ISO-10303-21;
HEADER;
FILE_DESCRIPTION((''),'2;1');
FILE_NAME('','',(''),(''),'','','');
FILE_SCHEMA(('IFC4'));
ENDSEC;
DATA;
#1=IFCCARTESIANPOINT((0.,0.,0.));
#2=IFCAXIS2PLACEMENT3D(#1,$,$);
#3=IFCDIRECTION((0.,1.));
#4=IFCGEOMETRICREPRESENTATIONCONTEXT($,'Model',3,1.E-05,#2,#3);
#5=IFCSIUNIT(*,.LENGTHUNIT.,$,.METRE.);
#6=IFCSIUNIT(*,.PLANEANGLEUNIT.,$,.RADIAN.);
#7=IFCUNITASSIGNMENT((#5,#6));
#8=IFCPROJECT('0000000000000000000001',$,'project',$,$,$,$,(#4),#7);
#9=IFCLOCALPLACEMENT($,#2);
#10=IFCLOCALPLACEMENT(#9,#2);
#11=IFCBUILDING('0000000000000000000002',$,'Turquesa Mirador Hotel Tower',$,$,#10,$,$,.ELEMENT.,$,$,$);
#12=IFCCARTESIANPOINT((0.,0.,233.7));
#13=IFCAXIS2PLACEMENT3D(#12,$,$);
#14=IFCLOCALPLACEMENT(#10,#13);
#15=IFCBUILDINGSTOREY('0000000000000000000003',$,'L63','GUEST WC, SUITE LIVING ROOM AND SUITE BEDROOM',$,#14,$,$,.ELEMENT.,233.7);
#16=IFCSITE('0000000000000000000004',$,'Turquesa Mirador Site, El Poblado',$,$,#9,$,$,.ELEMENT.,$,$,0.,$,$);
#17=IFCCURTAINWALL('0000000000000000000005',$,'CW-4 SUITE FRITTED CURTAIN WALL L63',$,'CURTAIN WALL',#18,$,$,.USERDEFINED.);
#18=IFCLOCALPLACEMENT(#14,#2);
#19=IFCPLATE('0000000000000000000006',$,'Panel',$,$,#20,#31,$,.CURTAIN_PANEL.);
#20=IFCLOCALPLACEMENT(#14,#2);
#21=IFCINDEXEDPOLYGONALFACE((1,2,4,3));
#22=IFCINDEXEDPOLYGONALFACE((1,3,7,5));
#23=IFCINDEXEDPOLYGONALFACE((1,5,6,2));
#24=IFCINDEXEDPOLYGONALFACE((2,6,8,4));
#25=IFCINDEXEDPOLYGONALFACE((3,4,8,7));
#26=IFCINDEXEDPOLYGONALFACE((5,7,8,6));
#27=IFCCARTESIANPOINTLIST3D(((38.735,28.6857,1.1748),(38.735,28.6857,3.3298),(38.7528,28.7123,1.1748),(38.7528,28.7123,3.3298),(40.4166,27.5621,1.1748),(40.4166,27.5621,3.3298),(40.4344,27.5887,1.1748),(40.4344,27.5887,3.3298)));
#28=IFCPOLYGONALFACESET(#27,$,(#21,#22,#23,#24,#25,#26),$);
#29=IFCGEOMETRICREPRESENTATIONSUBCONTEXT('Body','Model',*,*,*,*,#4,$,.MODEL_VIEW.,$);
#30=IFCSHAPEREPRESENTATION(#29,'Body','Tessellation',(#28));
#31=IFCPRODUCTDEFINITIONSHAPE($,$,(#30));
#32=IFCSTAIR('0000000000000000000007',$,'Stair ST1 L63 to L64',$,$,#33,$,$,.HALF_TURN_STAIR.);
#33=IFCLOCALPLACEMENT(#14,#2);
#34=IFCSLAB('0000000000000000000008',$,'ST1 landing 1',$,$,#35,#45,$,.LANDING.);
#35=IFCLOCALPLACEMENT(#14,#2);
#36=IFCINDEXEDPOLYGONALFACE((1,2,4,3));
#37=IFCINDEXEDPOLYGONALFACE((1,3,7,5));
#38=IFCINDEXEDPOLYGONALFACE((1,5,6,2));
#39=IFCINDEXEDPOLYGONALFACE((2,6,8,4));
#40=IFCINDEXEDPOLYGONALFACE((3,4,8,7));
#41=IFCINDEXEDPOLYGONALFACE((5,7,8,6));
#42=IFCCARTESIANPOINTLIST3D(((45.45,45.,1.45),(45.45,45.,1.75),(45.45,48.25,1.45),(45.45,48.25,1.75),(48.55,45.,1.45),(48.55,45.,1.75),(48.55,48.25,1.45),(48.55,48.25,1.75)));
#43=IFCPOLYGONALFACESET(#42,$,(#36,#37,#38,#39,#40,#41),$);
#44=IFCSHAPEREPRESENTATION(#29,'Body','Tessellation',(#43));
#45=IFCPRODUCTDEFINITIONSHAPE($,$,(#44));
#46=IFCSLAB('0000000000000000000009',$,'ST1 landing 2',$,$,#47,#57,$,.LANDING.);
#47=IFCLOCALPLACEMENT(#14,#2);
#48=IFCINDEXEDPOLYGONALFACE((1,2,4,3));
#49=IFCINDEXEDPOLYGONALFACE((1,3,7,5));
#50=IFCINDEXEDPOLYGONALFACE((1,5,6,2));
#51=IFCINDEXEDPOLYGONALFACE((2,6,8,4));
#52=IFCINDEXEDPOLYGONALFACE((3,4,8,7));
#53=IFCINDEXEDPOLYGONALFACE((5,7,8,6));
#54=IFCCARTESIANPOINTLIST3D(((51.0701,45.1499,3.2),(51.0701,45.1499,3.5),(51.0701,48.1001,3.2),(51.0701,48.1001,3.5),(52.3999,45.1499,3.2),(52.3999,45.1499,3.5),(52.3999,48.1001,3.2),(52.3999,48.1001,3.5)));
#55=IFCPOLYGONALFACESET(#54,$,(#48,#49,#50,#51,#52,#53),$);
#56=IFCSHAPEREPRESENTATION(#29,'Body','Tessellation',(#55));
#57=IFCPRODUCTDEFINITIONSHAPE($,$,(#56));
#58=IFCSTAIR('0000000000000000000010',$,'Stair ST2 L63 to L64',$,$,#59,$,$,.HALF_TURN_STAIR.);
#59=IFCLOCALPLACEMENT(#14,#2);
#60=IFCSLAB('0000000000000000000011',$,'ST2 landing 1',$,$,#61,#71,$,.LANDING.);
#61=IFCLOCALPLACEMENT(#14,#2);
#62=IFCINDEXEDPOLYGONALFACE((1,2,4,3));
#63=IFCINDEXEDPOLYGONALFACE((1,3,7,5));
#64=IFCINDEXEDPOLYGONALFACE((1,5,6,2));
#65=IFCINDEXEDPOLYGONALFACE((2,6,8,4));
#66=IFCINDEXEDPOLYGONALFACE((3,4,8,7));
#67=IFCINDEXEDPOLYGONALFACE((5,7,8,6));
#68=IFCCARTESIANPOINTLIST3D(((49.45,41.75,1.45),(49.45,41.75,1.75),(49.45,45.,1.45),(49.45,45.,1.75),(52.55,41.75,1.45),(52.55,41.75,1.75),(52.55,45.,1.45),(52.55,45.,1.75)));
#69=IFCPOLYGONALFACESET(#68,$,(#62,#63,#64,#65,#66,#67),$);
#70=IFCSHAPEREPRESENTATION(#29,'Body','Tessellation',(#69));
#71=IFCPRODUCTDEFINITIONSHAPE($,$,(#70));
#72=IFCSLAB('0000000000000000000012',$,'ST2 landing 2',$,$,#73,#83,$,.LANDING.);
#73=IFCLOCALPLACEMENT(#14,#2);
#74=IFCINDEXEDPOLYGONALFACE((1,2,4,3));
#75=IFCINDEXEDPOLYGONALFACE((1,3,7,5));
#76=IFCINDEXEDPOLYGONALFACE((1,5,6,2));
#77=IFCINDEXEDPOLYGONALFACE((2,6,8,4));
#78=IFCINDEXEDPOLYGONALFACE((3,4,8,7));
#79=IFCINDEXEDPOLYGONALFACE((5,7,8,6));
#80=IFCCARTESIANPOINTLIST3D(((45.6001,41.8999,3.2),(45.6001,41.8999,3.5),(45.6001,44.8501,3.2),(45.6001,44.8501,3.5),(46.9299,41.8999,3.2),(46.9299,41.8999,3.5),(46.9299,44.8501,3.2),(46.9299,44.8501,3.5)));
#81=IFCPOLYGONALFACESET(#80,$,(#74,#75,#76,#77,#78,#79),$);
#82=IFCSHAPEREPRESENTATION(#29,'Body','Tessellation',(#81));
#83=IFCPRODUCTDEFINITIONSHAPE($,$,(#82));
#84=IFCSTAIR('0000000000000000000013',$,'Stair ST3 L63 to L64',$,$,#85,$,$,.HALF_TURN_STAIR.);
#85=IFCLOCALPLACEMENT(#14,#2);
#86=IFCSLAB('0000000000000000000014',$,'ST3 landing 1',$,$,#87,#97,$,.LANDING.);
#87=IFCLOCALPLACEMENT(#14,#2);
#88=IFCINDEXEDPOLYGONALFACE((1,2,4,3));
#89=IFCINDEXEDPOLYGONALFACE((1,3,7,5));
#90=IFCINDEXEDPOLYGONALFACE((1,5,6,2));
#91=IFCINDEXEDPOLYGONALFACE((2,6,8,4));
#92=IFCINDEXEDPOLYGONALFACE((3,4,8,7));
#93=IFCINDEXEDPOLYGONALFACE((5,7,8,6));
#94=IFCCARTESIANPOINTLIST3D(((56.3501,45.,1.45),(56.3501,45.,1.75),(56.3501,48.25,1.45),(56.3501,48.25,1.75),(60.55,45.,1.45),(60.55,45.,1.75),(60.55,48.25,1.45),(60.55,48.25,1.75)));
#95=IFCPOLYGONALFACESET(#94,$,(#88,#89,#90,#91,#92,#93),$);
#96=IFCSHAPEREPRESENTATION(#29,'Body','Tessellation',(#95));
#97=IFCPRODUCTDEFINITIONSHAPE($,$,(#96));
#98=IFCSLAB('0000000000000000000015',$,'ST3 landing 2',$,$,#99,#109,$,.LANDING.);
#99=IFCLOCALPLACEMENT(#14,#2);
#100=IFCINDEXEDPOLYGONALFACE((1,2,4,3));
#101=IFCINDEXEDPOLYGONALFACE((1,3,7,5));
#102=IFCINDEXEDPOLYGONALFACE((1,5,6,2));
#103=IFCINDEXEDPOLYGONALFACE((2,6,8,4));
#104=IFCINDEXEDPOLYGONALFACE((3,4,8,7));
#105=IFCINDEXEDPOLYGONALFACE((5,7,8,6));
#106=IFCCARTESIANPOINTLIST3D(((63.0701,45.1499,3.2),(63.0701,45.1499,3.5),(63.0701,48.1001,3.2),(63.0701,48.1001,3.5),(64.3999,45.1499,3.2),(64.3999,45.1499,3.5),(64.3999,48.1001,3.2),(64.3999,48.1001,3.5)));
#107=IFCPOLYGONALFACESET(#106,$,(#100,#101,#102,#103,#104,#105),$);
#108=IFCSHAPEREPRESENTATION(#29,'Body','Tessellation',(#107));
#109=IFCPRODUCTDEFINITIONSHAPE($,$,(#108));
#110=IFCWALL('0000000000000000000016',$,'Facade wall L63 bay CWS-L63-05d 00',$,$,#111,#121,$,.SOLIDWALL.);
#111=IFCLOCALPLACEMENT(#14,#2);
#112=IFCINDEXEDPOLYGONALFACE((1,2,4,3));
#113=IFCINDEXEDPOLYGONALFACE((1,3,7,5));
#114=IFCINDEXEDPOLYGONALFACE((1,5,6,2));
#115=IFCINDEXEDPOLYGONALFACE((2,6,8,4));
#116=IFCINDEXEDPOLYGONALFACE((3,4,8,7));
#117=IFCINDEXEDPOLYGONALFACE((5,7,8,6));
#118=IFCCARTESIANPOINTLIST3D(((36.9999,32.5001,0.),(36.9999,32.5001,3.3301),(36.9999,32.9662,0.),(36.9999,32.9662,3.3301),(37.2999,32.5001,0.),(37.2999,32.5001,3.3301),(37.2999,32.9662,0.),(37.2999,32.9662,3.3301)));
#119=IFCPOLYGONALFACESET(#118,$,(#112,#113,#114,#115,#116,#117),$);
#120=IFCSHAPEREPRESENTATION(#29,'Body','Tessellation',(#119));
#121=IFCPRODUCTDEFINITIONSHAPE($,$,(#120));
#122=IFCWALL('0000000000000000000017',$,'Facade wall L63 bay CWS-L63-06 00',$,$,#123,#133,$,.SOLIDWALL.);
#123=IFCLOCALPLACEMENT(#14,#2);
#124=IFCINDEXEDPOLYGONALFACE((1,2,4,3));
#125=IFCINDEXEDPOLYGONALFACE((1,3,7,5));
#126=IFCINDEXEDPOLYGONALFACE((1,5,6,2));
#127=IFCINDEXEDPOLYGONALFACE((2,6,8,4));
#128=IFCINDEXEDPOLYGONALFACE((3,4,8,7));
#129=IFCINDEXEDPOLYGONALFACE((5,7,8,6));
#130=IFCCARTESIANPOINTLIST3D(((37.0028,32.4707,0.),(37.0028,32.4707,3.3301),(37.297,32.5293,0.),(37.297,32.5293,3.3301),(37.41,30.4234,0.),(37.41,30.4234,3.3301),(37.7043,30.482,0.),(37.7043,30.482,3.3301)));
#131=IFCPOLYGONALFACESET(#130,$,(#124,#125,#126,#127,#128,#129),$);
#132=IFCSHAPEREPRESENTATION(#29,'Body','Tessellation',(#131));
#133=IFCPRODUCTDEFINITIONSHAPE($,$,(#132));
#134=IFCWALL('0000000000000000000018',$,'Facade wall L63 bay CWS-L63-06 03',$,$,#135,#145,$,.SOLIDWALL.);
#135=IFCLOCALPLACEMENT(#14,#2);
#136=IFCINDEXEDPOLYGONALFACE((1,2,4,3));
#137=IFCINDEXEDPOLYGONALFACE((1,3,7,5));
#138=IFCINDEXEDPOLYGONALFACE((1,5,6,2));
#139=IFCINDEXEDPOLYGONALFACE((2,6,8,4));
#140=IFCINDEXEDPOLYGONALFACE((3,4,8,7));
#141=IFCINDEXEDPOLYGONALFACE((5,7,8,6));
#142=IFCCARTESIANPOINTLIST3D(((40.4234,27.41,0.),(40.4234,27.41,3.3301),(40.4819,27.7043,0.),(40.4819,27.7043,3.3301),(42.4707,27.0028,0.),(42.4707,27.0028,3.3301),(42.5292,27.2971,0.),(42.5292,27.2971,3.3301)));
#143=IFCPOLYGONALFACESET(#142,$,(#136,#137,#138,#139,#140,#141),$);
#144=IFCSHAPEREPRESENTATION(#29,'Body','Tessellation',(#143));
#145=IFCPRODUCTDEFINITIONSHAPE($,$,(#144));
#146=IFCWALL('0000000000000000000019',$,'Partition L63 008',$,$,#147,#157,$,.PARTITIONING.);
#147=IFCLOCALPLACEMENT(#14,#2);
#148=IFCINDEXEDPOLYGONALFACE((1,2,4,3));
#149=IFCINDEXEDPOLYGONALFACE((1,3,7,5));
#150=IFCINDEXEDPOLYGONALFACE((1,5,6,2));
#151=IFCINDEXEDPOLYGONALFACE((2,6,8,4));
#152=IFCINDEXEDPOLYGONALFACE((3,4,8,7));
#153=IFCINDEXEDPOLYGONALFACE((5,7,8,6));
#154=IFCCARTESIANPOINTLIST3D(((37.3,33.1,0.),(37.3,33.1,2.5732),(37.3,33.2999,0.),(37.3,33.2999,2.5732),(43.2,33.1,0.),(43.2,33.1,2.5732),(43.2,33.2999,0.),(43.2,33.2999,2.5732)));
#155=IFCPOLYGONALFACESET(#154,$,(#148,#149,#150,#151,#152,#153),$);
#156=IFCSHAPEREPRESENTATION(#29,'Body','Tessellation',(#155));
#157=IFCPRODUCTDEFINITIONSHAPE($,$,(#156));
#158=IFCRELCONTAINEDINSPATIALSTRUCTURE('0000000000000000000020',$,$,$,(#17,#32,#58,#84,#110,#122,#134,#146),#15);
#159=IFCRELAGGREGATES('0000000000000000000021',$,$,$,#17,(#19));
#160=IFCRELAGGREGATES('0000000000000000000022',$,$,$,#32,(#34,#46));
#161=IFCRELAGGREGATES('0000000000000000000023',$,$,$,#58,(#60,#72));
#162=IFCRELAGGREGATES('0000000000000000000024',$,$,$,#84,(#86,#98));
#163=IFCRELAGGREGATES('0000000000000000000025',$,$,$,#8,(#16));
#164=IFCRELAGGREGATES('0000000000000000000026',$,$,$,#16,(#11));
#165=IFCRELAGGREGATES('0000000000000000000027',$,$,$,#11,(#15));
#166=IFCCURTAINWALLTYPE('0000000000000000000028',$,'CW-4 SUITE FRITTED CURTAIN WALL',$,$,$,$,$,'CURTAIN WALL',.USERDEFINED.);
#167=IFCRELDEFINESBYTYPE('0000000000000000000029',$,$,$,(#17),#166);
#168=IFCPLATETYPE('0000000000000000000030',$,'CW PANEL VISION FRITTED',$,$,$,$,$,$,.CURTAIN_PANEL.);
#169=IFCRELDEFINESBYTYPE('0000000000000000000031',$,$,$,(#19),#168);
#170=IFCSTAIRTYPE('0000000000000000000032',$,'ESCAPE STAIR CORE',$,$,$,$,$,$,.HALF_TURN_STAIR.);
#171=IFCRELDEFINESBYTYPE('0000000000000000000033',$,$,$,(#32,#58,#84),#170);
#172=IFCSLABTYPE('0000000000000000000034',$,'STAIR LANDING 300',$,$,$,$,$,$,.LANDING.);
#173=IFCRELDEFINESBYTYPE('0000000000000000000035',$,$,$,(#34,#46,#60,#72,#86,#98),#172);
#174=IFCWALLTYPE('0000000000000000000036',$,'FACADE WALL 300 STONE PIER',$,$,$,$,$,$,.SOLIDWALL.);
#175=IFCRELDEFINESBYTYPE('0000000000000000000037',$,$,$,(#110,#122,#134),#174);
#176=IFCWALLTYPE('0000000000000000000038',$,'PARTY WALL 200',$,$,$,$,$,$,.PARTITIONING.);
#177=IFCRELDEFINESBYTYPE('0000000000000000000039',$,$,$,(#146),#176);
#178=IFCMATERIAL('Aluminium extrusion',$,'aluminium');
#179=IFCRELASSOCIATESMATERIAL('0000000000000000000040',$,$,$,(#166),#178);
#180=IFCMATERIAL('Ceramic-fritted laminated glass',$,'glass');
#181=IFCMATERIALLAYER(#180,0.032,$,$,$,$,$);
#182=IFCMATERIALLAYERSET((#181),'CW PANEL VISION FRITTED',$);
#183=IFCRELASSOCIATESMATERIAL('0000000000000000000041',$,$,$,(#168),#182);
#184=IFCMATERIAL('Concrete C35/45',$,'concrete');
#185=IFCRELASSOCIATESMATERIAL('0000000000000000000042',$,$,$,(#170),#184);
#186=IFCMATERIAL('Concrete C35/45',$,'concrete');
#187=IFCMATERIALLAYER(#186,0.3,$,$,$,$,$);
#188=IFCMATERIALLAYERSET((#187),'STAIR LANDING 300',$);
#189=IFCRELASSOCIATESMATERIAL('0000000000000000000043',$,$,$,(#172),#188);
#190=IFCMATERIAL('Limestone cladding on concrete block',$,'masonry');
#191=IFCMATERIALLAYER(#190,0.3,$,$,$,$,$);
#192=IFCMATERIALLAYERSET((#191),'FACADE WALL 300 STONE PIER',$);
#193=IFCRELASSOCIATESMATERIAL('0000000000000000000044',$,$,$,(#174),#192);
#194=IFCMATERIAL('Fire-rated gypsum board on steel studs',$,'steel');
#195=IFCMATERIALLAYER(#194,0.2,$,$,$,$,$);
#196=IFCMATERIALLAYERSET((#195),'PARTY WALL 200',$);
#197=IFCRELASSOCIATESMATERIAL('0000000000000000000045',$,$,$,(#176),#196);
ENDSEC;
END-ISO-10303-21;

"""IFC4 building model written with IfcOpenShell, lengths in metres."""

from ifc_helpers import new_model, si_unit, direction, frame, frame_2d, origin, origin_2d, place, context, subcontext, project, spatial, polyline, rectangle, outline, extrude, material, layer, layer_set, type_object, element, aggregate, save


model = new_model("IFC4")

# Units and contexts
model_context = context("Model", 3, precision=1e-05, world=origin(), true_north=direction((0.0, 1.0)))
body_context = subcontext(model_context, "Body", "Model", "MODEL_VIEW")
ifc_project = project(units=[si_unit("LENGTHUNIT", "METRE"), si_unit("PLANEANGLEUNIT", "RADIAN")], contexts=[model_context])

# Site, building, storey
site_placement = place(None, origin())
site = spatial("IfcSite", under=ifc_project, at=site_placement, Name="Turquesa Mirador Site, El Poblado", CompositionType="ELEMENT", RefElevation=0.0)
building_placement = place(site_placement, origin())
building = spatial("IfcBuilding", under=site, at=building_placement, Name="Turquesa Mirador Hotel Tower", CompositionType="ELEMENT")
storey_placement = place(building_placement, frame((0.0, 0.0, 233.7)))
storey = spatial("IfcBuildingStorey", under=building, at=storey_placement, Name="L63", Description="GUEST WC, SUITE LIVING ROOM AND SUITE BEDROOM", CompositionType="ELEMENT", Elevation=233.7)

# Shared definitions
ifc_material_1 = material(Name="Aluminium extrusion", Category="aluminium")
curtain_wall_type = type_object("IfcCurtainWallType", Name="CW-4 SUITE FRITTED CURTAIN WALL", ElementType="CURTAIN WALL", PredefinedType="USERDEFINED", material=ifc_material_1)

# Curtain wall
curtain_wall_1_placement = place(storey_placement, origin())
curtain_wall_1 = element("IfcCurtainWall", 1, at=curtain_wall_1_placement, inside=storey, type_object=curtain_wall_type, Name="CW-4 SUITE FRITTED CURTAIN WALL L63", ObjectType="CURTAIN WALL", PredefinedType="USERDEFINED")

# Plate
ifc_material_2 = material(Name="Ceramic-fritted laminated glass", Category="glass")
ifc_layer_1 = layer(ifc_material_2, 0.032)
ifc_layer_set_1 = layer_set([ifc_layer_1], Name="CW PANEL VISION FRITTED")
plate_type_1 = type_object("IfcPlateType", Name="CW PANEL VISION FRITTED", PredefinedType="CURTAIN_PANEL", material=ifc_layer_set_1)
plate_1_placement = place(storey_placement, frame((39.5847, 28.1372, 1.1748), z_axis=(0.0, 0.0, 1.0), x_axis=(0.83147, -0.55557, 0.0)))
plate_1 = element("IfcPlate", 2, at=plate_1_placement, type_object=plate_type_1, Name="Panel", PredefinedType="CURTAIN_PANEL", context=body_context, shape_type="SweptSolid", body=[
    extrude(rectangle(XDim=2.0225, YDim=0.032, at=origin_2d()), origin(), (0.0, 0.0, 1.0), 2.155),
])
aggregate(curtain_wall_1, [plate_1])

# Stairs, slabs
ifc_material_3 = material(Name="Concrete C35/45", Category="concrete")
stair_type = type_object("IfcStairType", Name="ESCAPE STAIR CORE", PredefinedType="HALF_TURN_STAIR", material=ifc_material_3)
stair_1_placement = place(storey_placement, origin())
stair_1 = element("IfcStair", 3, at=stair_1_placement, inside=storey, type_object=stair_type, Name="Stair ST1 L63 to L64", PredefinedType="HALF_TURN_STAIR")
ifc_material_4 = material(Name="Concrete C35/45", Category="concrete")
ifc_layer_2 = layer(ifc_material_4, 0.3)
ifc_layer_set_2 = layer_set([ifc_layer_2], Name="STAIR LANDING 300")
slab_type_1 = type_object("IfcSlabType", Name="STAIR LANDING 300", PredefinedType="LANDING", material=ifc_layer_set_2)
slab_1_placement = place(storey_placement, frame((0.0, 0.0, 1.45)))
slab_1 = element("IfcSlab", 4, at=slab_1_placement, type_object=slab_type_1, Name="ST1 landing 1", PredefinedType="LANDING", context=body_context, shape_type="SweptSolid", body=[
    extrude(outline(polyline([(45.45, 45.0), (48.55, 45.0), (48.55, 48.25), (45.45, 48.25), (45.45, 45.0)])), origin(), (0.0, 0.0, 1.0), 0.3),
])
slab_2_placement = place(storey_placement, frame((0.0, 0.0, 3.2)))
slab_2 = element("IfcSlab", 5, at=slab_2_placement, type_object=slab_type_1, Name="ST1 landing 2", PredefinedType="LANDING", context=body_context, shape_type="SweptSolid", body=[
    extrude(outline(polyline([(51.0701, 45.1499), (52.3999, 45.1499), (52.3999, 48.1001), (51.0701, 48.1001), (51.0701, 45.1499)])), origin(), (0.0, 0.0, 1.0), 0.3),
])
aggregate(stair_1, [slab_1, slab_2])
stair_2_placement = place(storey_placement, origin())
stair_2 = element("IfcStair", 6, at=stair_2_placement, inside=storey, type_object=stair_type, Name="Stair ST2 L63 to L64", PredefinedType="HALF_TURN_STAIR")
slab_3_placement = place(storey_placement, frame((0.0, 0.0, 1.45)))
slab_3 = element("IfcSlab", 7, at=slab_3_placement, type_object=slab_type_1, Name="ST2 landing 1", PredefinedType="LANDING", context=body_context, shape_type="SweptSolid", body=[
    extrude(outline(polyline([(52.55, 45.0), (49.45, 45.0), (49.45, 41.75), (52.55, 41.75), (52.55, 45.0)])), origin(), (0.0, 0.0, 1.0), 0.3),
])
slab_4_placement = place(storey_placement, frame((0.0, 0.0, 3.2)))
slab_4 = element("IfcSlab", 8, at=slab_4_placement, type_object=slab_type_1, Name="ST2 landing 2", PredefinedType="LANDING", context=body_context, shape_type="SweptSolid", body=[
    extrude(outline(polyline([(46.9299, 44.8501), (45.6001, 44.8501), (45.6001, 41.8999), (46.9299, 41.8999), (46.9299, 44.8501)])), origin(), (0.0, 0.0, 1.0), 0.3),
])
aggregate(stair_2, [slab_3, slab_4])
stair_3_placement = place(storey_placement, origin())
stair_3 = element("IfcStair", 9, at=stair_3_placement, inside=storey, type_object=stair_type, Name="Stair ST3 L63 to L64", PredefinedType="HALF_TURN_STAIR")
slab_5_placement = place(storey_placement, frame((0.0, 0.0, 1.45)))
slab_5 = element("IfcSlab", 10, at=slab_5_placement, type_object=slab_type_1, Name="ST3 landing 1", PredefinedType="LANDING", context=body_context, shape_type="SweptSolid", body=[
    extrude(outline(polyline([(56.3501, 45.0), (60.55, 45.0), (60.55, 48.25), (56.3501, 48.25), (56.3501, 45.0)])), origin(), (0.0, 0.0, 1.0), 0.3),
])
slab_6_placement = place(storey_placement, frame((0.0, 0.0, 3.2)))
slab_6 = element("IfcSlab", 11, at=slab_6_placement, type_object=slab_type_1, Name="ST3 landing 2", PredefinedType="LANDING", context=body_context, shape_type="SweptSolid", body=[
    extrude(outline(polyline([(63.0701, 45.1499), (64.3999, 45.1499), (64.3999, 48.1001), (63.0701, 48.1001), (63.0701, 45.1499)])), origin(), (0.0, 0.0, 1.0), 0.3),
])
aggregate(stair_3, [slab_5, slab_6])

# Walls
ifc_material_5 = material(Name="Limestone cladding on concrete block", Category="masonry")
ifc_layer_3 = layer(ifc_material_5, 0.3)
ifc_layer_set_3 = layer_set([ifc_layer_3], Name="FACADE WALL 300 STONE PIER")
wall_type_1 = type_object("IfcWallType", Name="FACADE WALL 300 STONE PIER", PredefinedType="SOLIDWALL", material=ifc_layer_set_3)
wall_1_placement = place(storey_placement, frame((37.1499, 32.9661, 0.0), z_axis=(0.0, 0.0, 1.0), x_axis=(0.0, -1.0, 0.0)))
element("IfcWall", 12, at=wall_1_placement, inside=storey, type_object=wall_type_1, Name="Facade wall L63 bay CWS-L63-05d 00", PredefinedType="SOLIDWALL", context=body_context, shape_type="SweptSolid", body=[
    extrude(rectangle(XDim=0.4661, YDim=0.3, at=frame_2d((0.2329, 0.0))), origin(), (0.0, 0.0, 1.0), 3.3301),
])
for number, where, z_axis, x_axis, name in (
    (13, (37.1499, 32.5, 0.0), (0.0, 0.0, 1.0), (0.195081, -0.980787, 0.0), "Facade wall L63 bay CWS-L63-06 00"),
    (14, (40.4526, 27.5571, 0.0), (0.0, 0.0, 1.0), (0.980787, -0.195081, 0.0), "Facade wall L63 bay CWS-L63-06 03"),
):
    element("IfcWall", number, at=place(storey_placement, frame(where, z_axis=z_axis, x_axis=x_axis)), inside=storey, type_object=wall_type_1, Name=name, PredefinedType="SOLIDWALL", context=body_context, shape_type="SweptSolid", body=[
        extrude(rectangle(XDim=2.0874, YDim=0.3, at=frame_2d((1.0437, 0.0))), origin(), (0.0, 0.0, 1.0), 3.3301),
    ])
ifc_material_6 = material(Name="Fire-rated gypsum board on steel studs", Category="steel")
ifc_layer_4 = layer(ifc_material_6, 0.2)
ifc_layer_set_4 = layer_set([ifc_layer_4], Name="PARTY WALL 200")
wall_type_2 = type_object("IfcWallType", Name="PARTY WALL 200", PredefinedType="PARTITIONING", material=ifc_layer_set_4)
wall_2_placement = place(storey_placement, frame((37.3, 33.2, 0.0), z_axis=(0.0, 0.0, 1.0), x_axis=(1.0, 0.0, 0.0)))
element("IfcWall", 15, at=wall_2_placement, inside=storey, type_object=wall_type_2, Name="Partition L63 008", PredefinedType="PARTITIONING", context=body_context, shape_type="SweptSolid", body=[
    extrude(rectangle(XDim=5.8999, YDim=0.2, at=frame_2d((2.95, 0.0))), origin(), (0.0, 0.0, 1.0), 2.5732),
])

save(model, "model.ifc")
